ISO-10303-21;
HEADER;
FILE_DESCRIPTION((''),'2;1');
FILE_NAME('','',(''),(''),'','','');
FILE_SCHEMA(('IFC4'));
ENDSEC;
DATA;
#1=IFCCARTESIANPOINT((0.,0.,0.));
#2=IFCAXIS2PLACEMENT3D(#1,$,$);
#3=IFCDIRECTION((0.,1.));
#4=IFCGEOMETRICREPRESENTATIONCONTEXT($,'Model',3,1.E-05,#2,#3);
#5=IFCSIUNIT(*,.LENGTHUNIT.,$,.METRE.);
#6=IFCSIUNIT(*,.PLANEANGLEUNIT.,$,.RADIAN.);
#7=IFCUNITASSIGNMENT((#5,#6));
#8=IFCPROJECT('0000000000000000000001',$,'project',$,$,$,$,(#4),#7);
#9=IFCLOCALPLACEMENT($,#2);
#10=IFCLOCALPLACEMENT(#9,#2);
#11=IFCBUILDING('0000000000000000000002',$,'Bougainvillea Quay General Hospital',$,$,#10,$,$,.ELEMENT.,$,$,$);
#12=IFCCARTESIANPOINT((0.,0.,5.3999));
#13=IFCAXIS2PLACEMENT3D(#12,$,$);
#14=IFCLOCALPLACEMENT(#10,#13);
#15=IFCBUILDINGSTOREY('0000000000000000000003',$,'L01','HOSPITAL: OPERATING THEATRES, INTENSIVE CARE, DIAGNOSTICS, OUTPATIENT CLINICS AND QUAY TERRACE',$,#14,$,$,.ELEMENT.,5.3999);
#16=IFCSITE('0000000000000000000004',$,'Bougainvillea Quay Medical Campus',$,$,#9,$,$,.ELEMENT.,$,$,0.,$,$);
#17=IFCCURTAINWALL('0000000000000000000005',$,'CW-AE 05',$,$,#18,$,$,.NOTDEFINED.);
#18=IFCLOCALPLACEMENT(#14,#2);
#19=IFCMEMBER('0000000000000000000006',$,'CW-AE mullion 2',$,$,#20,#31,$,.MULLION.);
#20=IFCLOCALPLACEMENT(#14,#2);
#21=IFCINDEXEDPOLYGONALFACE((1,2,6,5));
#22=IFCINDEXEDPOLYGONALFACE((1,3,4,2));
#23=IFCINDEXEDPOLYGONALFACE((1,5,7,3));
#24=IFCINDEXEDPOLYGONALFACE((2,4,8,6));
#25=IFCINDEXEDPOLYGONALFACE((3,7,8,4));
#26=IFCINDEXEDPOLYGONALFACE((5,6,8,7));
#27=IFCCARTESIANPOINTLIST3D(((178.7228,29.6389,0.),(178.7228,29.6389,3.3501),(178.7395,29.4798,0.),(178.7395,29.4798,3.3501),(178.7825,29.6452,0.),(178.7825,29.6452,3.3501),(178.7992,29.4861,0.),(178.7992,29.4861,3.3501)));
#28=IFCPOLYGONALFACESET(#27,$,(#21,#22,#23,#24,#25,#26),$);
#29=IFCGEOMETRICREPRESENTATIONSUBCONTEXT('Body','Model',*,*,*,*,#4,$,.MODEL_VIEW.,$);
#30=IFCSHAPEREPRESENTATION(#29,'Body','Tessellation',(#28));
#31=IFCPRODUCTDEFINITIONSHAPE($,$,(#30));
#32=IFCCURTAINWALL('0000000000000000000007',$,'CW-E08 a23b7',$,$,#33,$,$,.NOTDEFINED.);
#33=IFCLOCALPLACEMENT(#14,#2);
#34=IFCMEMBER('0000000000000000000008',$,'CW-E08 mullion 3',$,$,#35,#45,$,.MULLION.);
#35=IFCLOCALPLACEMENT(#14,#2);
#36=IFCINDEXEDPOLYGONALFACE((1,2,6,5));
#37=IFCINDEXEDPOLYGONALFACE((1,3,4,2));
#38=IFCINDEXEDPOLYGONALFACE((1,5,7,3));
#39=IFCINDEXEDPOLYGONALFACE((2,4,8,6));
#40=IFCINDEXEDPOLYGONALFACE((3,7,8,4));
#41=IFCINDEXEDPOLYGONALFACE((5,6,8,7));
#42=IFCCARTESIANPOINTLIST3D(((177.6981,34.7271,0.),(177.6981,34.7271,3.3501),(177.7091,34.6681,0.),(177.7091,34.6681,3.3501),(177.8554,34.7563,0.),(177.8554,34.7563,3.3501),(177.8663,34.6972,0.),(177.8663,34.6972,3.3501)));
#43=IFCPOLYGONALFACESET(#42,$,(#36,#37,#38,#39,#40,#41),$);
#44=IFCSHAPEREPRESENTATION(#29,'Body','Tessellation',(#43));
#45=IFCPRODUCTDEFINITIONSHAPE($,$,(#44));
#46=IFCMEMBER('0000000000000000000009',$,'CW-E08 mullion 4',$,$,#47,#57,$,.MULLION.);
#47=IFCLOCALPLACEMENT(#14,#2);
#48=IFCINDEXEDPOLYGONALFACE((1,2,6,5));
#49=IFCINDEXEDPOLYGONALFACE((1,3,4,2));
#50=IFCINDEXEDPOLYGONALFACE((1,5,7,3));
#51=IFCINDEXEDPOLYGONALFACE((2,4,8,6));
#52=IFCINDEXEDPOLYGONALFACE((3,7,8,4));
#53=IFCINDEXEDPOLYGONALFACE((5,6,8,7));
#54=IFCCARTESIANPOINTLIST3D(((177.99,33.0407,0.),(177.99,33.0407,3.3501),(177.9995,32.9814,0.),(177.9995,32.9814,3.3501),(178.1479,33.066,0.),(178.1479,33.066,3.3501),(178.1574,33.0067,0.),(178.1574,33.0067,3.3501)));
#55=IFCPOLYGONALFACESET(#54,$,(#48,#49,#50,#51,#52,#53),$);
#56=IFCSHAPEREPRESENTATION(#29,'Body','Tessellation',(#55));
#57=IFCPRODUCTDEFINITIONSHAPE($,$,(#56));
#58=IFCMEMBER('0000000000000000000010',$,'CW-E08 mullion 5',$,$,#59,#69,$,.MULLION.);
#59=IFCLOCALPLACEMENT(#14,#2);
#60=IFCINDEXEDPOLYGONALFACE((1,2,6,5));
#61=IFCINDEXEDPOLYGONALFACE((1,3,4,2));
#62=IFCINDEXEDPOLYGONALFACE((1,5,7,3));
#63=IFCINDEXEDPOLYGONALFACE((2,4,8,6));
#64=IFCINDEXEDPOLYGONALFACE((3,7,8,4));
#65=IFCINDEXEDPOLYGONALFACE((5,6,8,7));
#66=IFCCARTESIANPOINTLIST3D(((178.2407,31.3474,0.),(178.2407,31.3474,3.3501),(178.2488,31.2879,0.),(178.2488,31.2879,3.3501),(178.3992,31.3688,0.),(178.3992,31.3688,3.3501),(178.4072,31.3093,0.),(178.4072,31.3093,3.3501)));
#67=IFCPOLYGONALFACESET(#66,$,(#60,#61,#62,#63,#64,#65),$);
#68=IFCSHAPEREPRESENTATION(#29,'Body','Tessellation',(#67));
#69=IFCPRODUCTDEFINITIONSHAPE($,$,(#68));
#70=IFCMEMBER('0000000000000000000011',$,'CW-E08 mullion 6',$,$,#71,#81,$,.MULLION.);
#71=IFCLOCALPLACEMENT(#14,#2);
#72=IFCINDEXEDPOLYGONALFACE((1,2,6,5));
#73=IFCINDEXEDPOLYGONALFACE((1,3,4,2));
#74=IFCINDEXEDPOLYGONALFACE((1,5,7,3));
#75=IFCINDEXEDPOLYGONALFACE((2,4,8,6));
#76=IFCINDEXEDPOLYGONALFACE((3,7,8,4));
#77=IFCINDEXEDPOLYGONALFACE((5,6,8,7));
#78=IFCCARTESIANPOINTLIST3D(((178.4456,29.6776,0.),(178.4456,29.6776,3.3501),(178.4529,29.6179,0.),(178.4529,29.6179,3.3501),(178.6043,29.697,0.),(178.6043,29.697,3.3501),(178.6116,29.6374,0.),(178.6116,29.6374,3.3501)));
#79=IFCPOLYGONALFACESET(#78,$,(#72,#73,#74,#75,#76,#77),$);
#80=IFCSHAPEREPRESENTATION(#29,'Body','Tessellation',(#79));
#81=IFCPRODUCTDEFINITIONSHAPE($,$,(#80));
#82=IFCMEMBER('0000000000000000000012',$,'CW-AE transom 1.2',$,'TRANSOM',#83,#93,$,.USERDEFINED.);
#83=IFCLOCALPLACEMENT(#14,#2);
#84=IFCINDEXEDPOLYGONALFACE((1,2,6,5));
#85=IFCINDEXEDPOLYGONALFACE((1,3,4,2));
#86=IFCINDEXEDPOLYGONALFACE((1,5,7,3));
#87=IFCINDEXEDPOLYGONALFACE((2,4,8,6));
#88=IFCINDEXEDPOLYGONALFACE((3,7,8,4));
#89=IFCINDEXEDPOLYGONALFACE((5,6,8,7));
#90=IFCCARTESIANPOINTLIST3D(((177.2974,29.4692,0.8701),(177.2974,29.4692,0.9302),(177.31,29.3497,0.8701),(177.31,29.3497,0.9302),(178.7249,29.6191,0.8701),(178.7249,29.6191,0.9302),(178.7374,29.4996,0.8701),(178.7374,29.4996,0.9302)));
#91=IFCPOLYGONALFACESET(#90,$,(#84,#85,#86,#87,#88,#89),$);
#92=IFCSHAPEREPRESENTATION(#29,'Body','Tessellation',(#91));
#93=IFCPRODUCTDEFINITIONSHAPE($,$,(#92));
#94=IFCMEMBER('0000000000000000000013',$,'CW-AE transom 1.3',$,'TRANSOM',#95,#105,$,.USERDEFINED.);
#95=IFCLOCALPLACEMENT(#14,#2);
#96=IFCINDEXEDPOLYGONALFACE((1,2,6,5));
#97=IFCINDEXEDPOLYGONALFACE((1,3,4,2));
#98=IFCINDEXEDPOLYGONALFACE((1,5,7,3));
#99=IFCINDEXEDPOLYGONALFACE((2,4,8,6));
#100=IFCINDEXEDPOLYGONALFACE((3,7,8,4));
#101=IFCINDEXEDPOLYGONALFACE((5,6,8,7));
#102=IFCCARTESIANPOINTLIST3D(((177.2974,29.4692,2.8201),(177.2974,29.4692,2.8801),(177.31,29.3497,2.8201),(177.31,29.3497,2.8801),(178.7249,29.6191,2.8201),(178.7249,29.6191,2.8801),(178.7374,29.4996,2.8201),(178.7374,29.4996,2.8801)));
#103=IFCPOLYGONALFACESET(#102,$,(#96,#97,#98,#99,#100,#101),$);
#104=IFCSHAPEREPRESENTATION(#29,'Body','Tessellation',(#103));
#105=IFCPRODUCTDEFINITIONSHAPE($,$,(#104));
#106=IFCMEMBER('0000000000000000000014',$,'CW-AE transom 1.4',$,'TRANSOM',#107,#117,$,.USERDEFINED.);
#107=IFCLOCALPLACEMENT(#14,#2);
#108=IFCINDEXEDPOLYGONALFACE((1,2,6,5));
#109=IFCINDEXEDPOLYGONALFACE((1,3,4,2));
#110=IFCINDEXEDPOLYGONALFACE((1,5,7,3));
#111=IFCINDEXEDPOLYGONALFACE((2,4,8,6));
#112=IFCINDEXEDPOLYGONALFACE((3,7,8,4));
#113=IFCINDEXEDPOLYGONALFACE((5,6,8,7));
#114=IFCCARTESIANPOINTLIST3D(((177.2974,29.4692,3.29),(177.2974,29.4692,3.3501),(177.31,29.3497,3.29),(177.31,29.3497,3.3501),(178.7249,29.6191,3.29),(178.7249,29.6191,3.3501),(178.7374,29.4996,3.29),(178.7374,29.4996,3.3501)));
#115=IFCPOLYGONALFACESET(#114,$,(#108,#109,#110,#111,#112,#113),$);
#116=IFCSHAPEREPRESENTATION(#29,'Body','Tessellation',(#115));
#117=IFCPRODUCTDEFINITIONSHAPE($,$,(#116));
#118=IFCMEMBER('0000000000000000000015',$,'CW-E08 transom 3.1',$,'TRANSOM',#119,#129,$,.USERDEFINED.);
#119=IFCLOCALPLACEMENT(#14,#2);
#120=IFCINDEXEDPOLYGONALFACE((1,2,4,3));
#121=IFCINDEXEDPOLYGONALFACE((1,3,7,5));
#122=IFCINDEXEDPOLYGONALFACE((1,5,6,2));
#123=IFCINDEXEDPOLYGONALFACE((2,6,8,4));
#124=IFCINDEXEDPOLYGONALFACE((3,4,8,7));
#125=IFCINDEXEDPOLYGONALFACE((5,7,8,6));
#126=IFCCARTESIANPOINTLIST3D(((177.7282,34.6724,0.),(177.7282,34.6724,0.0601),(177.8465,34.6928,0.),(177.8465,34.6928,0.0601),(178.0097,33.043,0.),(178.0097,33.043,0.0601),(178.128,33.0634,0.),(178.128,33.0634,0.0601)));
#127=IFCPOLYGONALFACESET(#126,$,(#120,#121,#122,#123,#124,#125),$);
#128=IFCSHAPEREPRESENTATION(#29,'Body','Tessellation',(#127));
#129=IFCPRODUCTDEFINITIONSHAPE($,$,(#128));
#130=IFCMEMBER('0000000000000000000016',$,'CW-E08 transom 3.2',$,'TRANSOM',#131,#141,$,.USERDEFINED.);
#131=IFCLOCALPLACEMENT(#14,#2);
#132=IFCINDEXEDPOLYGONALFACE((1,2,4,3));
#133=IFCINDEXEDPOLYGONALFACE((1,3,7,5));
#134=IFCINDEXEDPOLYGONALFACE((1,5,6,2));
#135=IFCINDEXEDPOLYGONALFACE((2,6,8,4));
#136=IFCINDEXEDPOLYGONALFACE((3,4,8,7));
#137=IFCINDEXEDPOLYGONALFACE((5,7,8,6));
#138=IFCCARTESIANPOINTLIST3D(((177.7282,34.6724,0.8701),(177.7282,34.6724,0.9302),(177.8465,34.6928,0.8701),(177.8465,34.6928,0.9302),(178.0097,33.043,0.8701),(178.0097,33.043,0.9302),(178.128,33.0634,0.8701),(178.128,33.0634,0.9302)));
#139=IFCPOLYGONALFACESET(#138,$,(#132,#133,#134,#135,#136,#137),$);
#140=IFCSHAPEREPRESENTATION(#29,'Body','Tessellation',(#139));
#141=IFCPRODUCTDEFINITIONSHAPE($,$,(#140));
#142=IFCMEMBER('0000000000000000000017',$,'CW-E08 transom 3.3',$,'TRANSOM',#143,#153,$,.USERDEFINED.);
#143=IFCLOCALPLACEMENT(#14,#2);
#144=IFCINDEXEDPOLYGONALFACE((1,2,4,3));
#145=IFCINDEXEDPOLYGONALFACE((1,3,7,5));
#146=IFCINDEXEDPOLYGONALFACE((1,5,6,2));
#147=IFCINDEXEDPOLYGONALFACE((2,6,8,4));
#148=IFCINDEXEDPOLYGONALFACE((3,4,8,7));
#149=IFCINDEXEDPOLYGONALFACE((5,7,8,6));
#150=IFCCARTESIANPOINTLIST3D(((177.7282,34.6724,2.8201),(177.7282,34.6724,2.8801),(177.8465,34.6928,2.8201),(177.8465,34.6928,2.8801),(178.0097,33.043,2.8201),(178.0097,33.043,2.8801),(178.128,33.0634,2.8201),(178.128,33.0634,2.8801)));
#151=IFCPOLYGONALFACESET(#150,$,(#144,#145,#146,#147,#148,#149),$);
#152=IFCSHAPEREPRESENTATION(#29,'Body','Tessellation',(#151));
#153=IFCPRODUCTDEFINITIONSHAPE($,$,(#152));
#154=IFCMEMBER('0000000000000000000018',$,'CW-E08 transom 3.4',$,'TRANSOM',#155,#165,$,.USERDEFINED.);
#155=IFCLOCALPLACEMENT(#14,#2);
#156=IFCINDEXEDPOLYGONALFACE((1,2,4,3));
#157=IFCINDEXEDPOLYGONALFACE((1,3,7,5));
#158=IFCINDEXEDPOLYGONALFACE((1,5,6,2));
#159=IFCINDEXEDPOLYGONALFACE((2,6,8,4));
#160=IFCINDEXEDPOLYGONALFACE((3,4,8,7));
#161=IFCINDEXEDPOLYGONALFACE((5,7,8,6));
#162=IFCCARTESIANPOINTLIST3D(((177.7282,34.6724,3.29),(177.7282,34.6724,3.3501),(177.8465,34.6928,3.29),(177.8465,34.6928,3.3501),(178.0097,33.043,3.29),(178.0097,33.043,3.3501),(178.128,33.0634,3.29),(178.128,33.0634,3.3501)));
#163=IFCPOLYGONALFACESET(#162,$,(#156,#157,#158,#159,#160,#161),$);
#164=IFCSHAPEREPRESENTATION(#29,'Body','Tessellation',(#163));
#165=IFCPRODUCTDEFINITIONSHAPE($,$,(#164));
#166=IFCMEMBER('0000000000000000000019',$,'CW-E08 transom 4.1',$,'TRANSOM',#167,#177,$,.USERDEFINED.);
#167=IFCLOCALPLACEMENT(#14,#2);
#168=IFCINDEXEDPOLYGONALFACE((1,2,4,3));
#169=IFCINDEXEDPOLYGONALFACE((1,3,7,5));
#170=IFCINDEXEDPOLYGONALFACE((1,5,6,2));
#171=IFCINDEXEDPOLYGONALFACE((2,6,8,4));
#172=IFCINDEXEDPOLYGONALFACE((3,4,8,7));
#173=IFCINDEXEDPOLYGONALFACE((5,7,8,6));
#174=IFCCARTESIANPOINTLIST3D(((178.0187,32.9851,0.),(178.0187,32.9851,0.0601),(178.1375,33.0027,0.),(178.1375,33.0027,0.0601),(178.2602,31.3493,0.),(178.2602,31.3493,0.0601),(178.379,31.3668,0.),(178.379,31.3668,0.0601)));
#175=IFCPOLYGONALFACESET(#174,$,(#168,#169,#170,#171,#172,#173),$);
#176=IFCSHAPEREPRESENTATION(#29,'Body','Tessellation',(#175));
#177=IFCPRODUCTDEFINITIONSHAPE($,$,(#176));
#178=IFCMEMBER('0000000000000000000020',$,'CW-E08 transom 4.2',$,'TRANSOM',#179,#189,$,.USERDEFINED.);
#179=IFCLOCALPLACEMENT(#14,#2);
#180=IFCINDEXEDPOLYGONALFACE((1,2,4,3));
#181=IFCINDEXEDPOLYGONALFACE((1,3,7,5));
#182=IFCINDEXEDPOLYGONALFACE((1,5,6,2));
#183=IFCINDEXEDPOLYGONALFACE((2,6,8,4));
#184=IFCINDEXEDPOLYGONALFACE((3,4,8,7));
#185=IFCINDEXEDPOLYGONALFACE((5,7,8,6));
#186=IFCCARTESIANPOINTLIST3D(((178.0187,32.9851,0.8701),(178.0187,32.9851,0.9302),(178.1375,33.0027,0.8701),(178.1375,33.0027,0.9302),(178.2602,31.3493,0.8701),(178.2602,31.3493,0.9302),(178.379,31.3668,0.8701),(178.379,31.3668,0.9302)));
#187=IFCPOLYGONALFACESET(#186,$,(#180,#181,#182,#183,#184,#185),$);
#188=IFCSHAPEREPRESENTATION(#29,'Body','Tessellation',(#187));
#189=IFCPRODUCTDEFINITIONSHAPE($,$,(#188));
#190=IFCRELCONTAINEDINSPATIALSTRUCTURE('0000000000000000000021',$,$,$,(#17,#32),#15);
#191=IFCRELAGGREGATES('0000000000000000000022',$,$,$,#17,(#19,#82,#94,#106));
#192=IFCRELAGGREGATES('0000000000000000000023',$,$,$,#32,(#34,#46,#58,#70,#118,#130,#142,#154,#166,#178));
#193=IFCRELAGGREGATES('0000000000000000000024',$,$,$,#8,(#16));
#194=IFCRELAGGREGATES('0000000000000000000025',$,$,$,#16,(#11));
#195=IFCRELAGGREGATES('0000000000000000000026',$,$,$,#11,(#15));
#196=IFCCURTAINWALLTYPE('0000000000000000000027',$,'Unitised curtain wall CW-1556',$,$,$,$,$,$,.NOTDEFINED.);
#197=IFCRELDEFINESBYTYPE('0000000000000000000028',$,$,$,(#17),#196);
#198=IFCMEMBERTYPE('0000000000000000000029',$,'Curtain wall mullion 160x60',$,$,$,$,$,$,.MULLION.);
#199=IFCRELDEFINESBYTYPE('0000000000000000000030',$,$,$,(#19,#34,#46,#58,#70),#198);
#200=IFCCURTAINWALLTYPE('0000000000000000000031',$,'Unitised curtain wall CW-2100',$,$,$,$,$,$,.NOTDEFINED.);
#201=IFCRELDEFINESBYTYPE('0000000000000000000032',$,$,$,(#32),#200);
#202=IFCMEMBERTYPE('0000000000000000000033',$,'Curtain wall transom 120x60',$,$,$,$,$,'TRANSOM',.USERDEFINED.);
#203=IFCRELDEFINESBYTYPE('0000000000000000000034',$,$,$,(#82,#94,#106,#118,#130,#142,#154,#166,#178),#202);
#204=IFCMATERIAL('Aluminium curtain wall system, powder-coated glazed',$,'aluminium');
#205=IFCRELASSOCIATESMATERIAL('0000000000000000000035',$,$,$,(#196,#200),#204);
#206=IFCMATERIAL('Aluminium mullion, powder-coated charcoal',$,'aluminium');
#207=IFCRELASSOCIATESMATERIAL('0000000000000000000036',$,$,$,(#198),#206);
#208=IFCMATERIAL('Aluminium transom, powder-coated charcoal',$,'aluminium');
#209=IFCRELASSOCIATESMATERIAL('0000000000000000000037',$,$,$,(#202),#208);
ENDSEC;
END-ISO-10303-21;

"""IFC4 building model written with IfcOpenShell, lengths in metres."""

from ifc_helpers import new_model, si_unit, direction, frame, origin, origin_2d, place, context, subcontext, project, spatial, rectangle, extrude, material, material_profile, profile_set, type_object, element, aggregate, save


model = new_model("IFC4")

# Units and contexts
model_context = context("Model", 3, precision=1e-05, world=origin(), true_north=direction((0.0, 1.0)))
body_context = subcontext(model_context, "Body", "Model", "MODEL_VIEW")
ifc_project = project(units=[si_unit("LENGTHUNIT", "METRE"), si_unit("PLANEANGLEUNIT", "RADIAN")], contexts=[model_context])

# Site, building, storey
site_placement = place(None, origin())
site = spatial("IfcSite", under=ifc_project, at=site_placement, Name="Bougainvillea Quay Medical Campus", CompositionType="ELEMENT", RefElevation=0.0)
building_placement = place(site_placement, origin())
building = spatial("IfcBuilding", under=site, at=building_placement, Name="Bougainvillea Quay General Hospital", CompositionType="ELEMENT")
storey_placement = place(building_placement, frame((0.0, 0.0, 5.3999)))
storey = spatial("IfcBuildingStorey", under=building, at=storey_placement, Name="L01", Description="HOSPITAL: OPERATING THEATRES, INTENSIVE CARE, DIAGNOSTICS, OUTPATIENT CLINICS AND QUAY TERRACE", CompositionType="ELEMENT", Elevation=5.3999)

# Curtain wall, member
ifc_material_1 = material(Name="Aluminium curtain wall system, powder-coated glazed", Category="aluminium")
curtain_wall_type_1 = type_object("IfcCurtainWallType", Name="Unitised curtain wall CW-1556", PredefinedType="NOTDEFINED", material=ifc_material_1)
curtain_wall_1_placement = place(storey_placement, origin())
curtain_wall_1 = element("IfcCurtainWall", 1, at=curtain_wall_1_placement, inside=storey, type_object=curtain_wall_type_1, Name="CW-AE 05", PredefinedType="NOTDEFINED")
ifc_material_2 = material(Name="Aluminium mullion, powder-coated charcoal", Category="aluminium")
ifc_material_profile_1 = material_profile(ifc_material_2, rectangle(XDim=0.1599, YDim=0.0601, at=origin_2d()))
ifc_profile_set_1 = profile_set([ifc_material_profile_1], Name="Aluminium mullion, powder-coated charcoal")
member_type_1 = type_object("IfcMemberType", Name="Curtain wall mullion 160x60", PredefinedType="MULLION", material=ifc_profile_set_1)
member_1_placement = place(storey_placement, frame((178.761, 29.5625, 0.0), z_axis=(0.0, 0.0, 1.0), x_axis=(-0.104527, 0.994522, 0.0)))
member_1 = element("IfcMember", 2, at=member_1_placement, type_object=member_type_1, Name="CW-AE mullion 2", PredefinedType="MULLION", context=body_context, shape_type="SweptSolid", body=[
    extrude(rectangle(XDim=0.1599, YDim=0.0601, at=origin_2d()), origin(), (0.0, 0.0, 1.0), 3.3501),
])

# Curtain wall, members
curtain_wall_type_2 = type_object("IfcCurtainWallType", Name="Unitised curtain wall CW-2100", PredefinedType="NOTDEFINED", material=ifc_material_1)
curtain_wall_2_placement = place(storey_placement, origin())
curtain_wall_2 = element("IfcCurtainWall", 3, at=curtain_wall_2_placement, inside=storey, type_object=curtain_wall_type_2, Name="CW-E08 a23b7", PredefinedType="NOTDEFINED")
member_2_placement = place(storey_placement, frame((177.7822, 34.7122, 0.0), z_axis=(0.0, 0.0, 1.0), x_axis=(0.983252, 0.182251, 0.0)))
member_2 = element("IfcMember", 4, at=member_2_placement, type_object=member_type_1, Name="CW-E08 mullion 3", PredefinedType="MULLION", context=body_context, shape_type="SweptSolid", body=[
    extrude(rectangle(XDim=0.1599, YDim=0.0601, at=origin_2d()), origin(), (0.0, 0.0, 1.0), 3.3501),
])
member_3_placement = place(storey_placement, frame((178.0737, 33.0237, 0.0), z_axis=(0.0, 0.0, 1.0), x_axis=(0.987432, 0.158044, 0.0)))
member_3 = element("IfcMember", 5, at=member_3_placement, type_object=member_type_1, Name="CW-E08 mullion 4", PredefinedType="MULLION", context=body_context, shape_type="SweptSolid", body=[
    extrude(rectangle(XDim=0.1599, YDim=0.0601, at=origin_2d()), origin(), (0.0, 0.0, 1.0), 3.3501),
])
member_4_placement = place(storey_placement, frame((178.324, 31.3284, 0.0), z_axis=(0.0, 0.0, 1.0), x_axis=(0.991016, 0.133741, 0.0)))
member_4 = element("IfcMember", 6, at=member_4_placement, type_object=member_type_1, Name="CW-E08 mullion 5", PredefinedType="MULLION", context=body_context, shape_type="SweptSolid", body=[
    extrude(rectangle(XDim=0.1599, YDim=0.0601, at=origin_2d()), origin(), (0.0, 0.0, 1.0), 3.3501),
])
member_5_placement = place(storey_placement, frame((178.5286, 29.6575, 0.0), z_axis=(0.0, 0.0, 1.0), x_axis=(0.992584, 0.121558, 0.0)))
member_5 = element("IfcMember", 7, at=member_5_placement, type_object=member_type_1, Name="CW-E08 mullion 6", PredefinedType="MULLION", context=body_context, shape_type="SweptSolid", body=[
    extrude(rectangle(XDim=0.1599, YDim=0.0601, at=origin_2d()), origin(), (0.0, 0.0, 1.0), 3.3501),
])

# Members
ifc_material_3 = material(Name="Aluminium transom, powder-coated charcoal", Category="aluminium")
ifc_material_profile_2 = material_profile(ifc_material_3, rectangle(XDim=0.1201, YDim=0.0601, at=origin_2d()))
ifc_profile_set_2 = profile_set([ifc_material_profile_2], Name="Aluminium transom, powder-coated charcoal")
member_type_2 = type_object("IfcMemberType", Name="Curtain wall transom 120x60", ElementType="TRANSOM", PredefinedType="USERDEFINED", material=ifc_profile_set_2)
member_6_placement = place(storey_placement, frame((177.3037, 29.4094, 0.9001), z_axis=(0.994532, 0.104437, 0.0), x_axis=(-0.104437, 0.994532, 0.0)))
member_6 = element("IfcMember", 8, at=member_6_placement, type_object=member_type_2, Name="CW-AE transom 1.2", ObjectType="TRANSOM", PredefinedType="USERDEFINED", context=body_context, shape_type="SweptSolid", body=[
    extrude(rectangle(XDim=0.1201, YDim=0.0601, at=origin_2d()), origin(), (0.0, 0.0, 1.0), 1.4353),
])
member_7_placement = place(storey_placement, frame((177.3037, 29.4094, 2.8501), z_axis=(0.994532, 0.104437, 0.0), x_axis=(-0.104437, 0.994532, 0.0)))
member_7 = element("IfcMember", 9, at=member_7_placement, type_object=member_type_2, Name="CW-AE transom 1.3", ObjectType="TRANSOM", PredefinedType="USERDEFINED", context=body_context, shape_type="SweptSolid", body=[
    extrude(rectangle(XDim=0.1201, YDim=0.0601, at=origin_2d()), origin(), (0.0, 0.0, 1.0), 1.4353),
])
member_8_placement = place(storey_placement, frame((177.3037, 29.4094, 3.3201), z_axis=(0.994532, 0.104437, 0.0), x_axis=(-0.104437, 0.994532, 0.0)))
member_8 = element("IfcMember", 10, at=member_8_placement, type_object=member_type_2, Name="CW-AE transom 1.4", ObjectType="TRANSOM", PredefinedType="USERDEFINED", context=body_context, shape_type="SweptSolid", body=[
    extrude(rectangle(XDim=0.1201, YDim=0.0601, at=origin_2d()), origin(), (0.0, 0.0, 1.0), 1.4353),
])
member_9_placement = place(storey_placement, frame((177.7874, 34.6826, 0.03), z_axis=(0.170238, -0.985403, 0.0), x_axis=(0.985403, 0.170238, 0.0)))
member_9 = element("IfcMember", 11, at=member_9_placement, type_object=member_type_2, Name="CW-E08 transom 3.1", ObjectType="TRANSOM", PredefinedType="USERDEFINED", context=body_context, shape_type="SweptSolid", body=[
    extrude(rectangle(XDim=0.1201, YDim=0.0601, at=origin_2d()), origin(), (0.0, 0.0, 1.0), 1.6536),
])
member_10_placement = place(storey_placement, frame((177.7874, 34.6826, 0.9001), z_axis=(0.170238, -0.985403, 0.0), x_axis=(0.985403, 0.170238, 0.0)))
member_10 = element("IfcMember", 12, at=member_10_placement, type_object=member_type_2, Name="CW-E08 transom 3.2", ObjectType="TRANSOM", PredefinedType="USERDEFINED", context=body_context, shape_type="SweptSolid", body=[
    extrude(rectangle(XDim=0.1201, YDim=0.0601, at=origin_2d()), origin(), (0.0, 0.0, 1.0), 1.6536),
])
member_11_placement = place(storey_placement, frame((177.7874, 34.6826, 2.8501), z_axis=(0.170238, -0.985403, 0.0), x_axis=(0.985403, 0.170238, 0.0)))
member_11 = element("IfcMember", 13, at=member_11_placement, type_object=member_type_2, Name="CW-E08 transom 3.3", ObjectType="TRANSOM", PredefinedType="USERDEFINED", context=body_context, shape_type="SweptSolid", body=[
    extrude(rectangle(XDim=0.1201, YDim=0.0601, at=origin_2d()), origin(), (0.0, 0.0, 1.0), 1.6536),
])
member_12_placement = place(storey_placement, frame((177.7874, 34.6826, 3.3201), z_axis=(0.170238, -0.985403, 0.0), x_axis=(0.985403, 0.170238, 0.0)))
member_12 = element("IfcMember", 14, at=member_12_placement, type_object=member_type_2, Name="CW-E08 transom 3.4", ObjectType="TRANSOM", PredefinedType="USERDEFINED", context=body_context, shape_type="SweptSolid", body=[
    extrude(rectangle(XDim=0.1201, YDim=0.0601, at=origin_2d()), origin(), (0.0, 0.0, 1.0), 1.6536),
])
member_13_placement = place(storey_placement, frame((178.0781, 32.9939, 0.03), z_axis=(0.14603, -0.98928, 0.0), x_axis=(0.98928, 0.14603, 0.0)))
member_13 = element("IfcMember", 15, at=member_13_placement, type_object=member_type_2, Name="CW-E08 transom 4.1", ObjectType="TRANSOM", PredefinedType="USERDEFINED", context=body_context, shape_type="SweptSolid", body=[
    extrude(rectangle(XDim=0.1201, YDim=0.0601, at=origin_2d()), origin(), (0.0, 0.0, 1.0), 1.6536),
])
member_14_placement = place(storey_placement, frame((178.0781, 32.9939, 0.9001), z_axis=(0.14603, -0.98928, 0.0), x_axis=(0.98928, 0.14603, 0.0)))
member_14 = element("IfcMember", 16, at=member_14_placement, type_object=member_type_2, Name="CW-E08 transom 4.2", ObjectType="TRANSOM", PredefinedType="USERDEFINED", context=body_context, shape_type="SweptSolid", body=[
    extrude(rectangle(XDim=0.1201, YDim=0.0601, at=origin_2d()), origin(), (0.0, 0.0, 1.0), 1.6536),
])

aggregate(curtain_wall_1, [member_1, member_6, member_7, member_8])
aggregate(curtain_wall_2, [member_2, member_3, member_4, member_5, member_9, member_10, member_11, member_12, member_13, member_14])

save(model, "model.ifc")
